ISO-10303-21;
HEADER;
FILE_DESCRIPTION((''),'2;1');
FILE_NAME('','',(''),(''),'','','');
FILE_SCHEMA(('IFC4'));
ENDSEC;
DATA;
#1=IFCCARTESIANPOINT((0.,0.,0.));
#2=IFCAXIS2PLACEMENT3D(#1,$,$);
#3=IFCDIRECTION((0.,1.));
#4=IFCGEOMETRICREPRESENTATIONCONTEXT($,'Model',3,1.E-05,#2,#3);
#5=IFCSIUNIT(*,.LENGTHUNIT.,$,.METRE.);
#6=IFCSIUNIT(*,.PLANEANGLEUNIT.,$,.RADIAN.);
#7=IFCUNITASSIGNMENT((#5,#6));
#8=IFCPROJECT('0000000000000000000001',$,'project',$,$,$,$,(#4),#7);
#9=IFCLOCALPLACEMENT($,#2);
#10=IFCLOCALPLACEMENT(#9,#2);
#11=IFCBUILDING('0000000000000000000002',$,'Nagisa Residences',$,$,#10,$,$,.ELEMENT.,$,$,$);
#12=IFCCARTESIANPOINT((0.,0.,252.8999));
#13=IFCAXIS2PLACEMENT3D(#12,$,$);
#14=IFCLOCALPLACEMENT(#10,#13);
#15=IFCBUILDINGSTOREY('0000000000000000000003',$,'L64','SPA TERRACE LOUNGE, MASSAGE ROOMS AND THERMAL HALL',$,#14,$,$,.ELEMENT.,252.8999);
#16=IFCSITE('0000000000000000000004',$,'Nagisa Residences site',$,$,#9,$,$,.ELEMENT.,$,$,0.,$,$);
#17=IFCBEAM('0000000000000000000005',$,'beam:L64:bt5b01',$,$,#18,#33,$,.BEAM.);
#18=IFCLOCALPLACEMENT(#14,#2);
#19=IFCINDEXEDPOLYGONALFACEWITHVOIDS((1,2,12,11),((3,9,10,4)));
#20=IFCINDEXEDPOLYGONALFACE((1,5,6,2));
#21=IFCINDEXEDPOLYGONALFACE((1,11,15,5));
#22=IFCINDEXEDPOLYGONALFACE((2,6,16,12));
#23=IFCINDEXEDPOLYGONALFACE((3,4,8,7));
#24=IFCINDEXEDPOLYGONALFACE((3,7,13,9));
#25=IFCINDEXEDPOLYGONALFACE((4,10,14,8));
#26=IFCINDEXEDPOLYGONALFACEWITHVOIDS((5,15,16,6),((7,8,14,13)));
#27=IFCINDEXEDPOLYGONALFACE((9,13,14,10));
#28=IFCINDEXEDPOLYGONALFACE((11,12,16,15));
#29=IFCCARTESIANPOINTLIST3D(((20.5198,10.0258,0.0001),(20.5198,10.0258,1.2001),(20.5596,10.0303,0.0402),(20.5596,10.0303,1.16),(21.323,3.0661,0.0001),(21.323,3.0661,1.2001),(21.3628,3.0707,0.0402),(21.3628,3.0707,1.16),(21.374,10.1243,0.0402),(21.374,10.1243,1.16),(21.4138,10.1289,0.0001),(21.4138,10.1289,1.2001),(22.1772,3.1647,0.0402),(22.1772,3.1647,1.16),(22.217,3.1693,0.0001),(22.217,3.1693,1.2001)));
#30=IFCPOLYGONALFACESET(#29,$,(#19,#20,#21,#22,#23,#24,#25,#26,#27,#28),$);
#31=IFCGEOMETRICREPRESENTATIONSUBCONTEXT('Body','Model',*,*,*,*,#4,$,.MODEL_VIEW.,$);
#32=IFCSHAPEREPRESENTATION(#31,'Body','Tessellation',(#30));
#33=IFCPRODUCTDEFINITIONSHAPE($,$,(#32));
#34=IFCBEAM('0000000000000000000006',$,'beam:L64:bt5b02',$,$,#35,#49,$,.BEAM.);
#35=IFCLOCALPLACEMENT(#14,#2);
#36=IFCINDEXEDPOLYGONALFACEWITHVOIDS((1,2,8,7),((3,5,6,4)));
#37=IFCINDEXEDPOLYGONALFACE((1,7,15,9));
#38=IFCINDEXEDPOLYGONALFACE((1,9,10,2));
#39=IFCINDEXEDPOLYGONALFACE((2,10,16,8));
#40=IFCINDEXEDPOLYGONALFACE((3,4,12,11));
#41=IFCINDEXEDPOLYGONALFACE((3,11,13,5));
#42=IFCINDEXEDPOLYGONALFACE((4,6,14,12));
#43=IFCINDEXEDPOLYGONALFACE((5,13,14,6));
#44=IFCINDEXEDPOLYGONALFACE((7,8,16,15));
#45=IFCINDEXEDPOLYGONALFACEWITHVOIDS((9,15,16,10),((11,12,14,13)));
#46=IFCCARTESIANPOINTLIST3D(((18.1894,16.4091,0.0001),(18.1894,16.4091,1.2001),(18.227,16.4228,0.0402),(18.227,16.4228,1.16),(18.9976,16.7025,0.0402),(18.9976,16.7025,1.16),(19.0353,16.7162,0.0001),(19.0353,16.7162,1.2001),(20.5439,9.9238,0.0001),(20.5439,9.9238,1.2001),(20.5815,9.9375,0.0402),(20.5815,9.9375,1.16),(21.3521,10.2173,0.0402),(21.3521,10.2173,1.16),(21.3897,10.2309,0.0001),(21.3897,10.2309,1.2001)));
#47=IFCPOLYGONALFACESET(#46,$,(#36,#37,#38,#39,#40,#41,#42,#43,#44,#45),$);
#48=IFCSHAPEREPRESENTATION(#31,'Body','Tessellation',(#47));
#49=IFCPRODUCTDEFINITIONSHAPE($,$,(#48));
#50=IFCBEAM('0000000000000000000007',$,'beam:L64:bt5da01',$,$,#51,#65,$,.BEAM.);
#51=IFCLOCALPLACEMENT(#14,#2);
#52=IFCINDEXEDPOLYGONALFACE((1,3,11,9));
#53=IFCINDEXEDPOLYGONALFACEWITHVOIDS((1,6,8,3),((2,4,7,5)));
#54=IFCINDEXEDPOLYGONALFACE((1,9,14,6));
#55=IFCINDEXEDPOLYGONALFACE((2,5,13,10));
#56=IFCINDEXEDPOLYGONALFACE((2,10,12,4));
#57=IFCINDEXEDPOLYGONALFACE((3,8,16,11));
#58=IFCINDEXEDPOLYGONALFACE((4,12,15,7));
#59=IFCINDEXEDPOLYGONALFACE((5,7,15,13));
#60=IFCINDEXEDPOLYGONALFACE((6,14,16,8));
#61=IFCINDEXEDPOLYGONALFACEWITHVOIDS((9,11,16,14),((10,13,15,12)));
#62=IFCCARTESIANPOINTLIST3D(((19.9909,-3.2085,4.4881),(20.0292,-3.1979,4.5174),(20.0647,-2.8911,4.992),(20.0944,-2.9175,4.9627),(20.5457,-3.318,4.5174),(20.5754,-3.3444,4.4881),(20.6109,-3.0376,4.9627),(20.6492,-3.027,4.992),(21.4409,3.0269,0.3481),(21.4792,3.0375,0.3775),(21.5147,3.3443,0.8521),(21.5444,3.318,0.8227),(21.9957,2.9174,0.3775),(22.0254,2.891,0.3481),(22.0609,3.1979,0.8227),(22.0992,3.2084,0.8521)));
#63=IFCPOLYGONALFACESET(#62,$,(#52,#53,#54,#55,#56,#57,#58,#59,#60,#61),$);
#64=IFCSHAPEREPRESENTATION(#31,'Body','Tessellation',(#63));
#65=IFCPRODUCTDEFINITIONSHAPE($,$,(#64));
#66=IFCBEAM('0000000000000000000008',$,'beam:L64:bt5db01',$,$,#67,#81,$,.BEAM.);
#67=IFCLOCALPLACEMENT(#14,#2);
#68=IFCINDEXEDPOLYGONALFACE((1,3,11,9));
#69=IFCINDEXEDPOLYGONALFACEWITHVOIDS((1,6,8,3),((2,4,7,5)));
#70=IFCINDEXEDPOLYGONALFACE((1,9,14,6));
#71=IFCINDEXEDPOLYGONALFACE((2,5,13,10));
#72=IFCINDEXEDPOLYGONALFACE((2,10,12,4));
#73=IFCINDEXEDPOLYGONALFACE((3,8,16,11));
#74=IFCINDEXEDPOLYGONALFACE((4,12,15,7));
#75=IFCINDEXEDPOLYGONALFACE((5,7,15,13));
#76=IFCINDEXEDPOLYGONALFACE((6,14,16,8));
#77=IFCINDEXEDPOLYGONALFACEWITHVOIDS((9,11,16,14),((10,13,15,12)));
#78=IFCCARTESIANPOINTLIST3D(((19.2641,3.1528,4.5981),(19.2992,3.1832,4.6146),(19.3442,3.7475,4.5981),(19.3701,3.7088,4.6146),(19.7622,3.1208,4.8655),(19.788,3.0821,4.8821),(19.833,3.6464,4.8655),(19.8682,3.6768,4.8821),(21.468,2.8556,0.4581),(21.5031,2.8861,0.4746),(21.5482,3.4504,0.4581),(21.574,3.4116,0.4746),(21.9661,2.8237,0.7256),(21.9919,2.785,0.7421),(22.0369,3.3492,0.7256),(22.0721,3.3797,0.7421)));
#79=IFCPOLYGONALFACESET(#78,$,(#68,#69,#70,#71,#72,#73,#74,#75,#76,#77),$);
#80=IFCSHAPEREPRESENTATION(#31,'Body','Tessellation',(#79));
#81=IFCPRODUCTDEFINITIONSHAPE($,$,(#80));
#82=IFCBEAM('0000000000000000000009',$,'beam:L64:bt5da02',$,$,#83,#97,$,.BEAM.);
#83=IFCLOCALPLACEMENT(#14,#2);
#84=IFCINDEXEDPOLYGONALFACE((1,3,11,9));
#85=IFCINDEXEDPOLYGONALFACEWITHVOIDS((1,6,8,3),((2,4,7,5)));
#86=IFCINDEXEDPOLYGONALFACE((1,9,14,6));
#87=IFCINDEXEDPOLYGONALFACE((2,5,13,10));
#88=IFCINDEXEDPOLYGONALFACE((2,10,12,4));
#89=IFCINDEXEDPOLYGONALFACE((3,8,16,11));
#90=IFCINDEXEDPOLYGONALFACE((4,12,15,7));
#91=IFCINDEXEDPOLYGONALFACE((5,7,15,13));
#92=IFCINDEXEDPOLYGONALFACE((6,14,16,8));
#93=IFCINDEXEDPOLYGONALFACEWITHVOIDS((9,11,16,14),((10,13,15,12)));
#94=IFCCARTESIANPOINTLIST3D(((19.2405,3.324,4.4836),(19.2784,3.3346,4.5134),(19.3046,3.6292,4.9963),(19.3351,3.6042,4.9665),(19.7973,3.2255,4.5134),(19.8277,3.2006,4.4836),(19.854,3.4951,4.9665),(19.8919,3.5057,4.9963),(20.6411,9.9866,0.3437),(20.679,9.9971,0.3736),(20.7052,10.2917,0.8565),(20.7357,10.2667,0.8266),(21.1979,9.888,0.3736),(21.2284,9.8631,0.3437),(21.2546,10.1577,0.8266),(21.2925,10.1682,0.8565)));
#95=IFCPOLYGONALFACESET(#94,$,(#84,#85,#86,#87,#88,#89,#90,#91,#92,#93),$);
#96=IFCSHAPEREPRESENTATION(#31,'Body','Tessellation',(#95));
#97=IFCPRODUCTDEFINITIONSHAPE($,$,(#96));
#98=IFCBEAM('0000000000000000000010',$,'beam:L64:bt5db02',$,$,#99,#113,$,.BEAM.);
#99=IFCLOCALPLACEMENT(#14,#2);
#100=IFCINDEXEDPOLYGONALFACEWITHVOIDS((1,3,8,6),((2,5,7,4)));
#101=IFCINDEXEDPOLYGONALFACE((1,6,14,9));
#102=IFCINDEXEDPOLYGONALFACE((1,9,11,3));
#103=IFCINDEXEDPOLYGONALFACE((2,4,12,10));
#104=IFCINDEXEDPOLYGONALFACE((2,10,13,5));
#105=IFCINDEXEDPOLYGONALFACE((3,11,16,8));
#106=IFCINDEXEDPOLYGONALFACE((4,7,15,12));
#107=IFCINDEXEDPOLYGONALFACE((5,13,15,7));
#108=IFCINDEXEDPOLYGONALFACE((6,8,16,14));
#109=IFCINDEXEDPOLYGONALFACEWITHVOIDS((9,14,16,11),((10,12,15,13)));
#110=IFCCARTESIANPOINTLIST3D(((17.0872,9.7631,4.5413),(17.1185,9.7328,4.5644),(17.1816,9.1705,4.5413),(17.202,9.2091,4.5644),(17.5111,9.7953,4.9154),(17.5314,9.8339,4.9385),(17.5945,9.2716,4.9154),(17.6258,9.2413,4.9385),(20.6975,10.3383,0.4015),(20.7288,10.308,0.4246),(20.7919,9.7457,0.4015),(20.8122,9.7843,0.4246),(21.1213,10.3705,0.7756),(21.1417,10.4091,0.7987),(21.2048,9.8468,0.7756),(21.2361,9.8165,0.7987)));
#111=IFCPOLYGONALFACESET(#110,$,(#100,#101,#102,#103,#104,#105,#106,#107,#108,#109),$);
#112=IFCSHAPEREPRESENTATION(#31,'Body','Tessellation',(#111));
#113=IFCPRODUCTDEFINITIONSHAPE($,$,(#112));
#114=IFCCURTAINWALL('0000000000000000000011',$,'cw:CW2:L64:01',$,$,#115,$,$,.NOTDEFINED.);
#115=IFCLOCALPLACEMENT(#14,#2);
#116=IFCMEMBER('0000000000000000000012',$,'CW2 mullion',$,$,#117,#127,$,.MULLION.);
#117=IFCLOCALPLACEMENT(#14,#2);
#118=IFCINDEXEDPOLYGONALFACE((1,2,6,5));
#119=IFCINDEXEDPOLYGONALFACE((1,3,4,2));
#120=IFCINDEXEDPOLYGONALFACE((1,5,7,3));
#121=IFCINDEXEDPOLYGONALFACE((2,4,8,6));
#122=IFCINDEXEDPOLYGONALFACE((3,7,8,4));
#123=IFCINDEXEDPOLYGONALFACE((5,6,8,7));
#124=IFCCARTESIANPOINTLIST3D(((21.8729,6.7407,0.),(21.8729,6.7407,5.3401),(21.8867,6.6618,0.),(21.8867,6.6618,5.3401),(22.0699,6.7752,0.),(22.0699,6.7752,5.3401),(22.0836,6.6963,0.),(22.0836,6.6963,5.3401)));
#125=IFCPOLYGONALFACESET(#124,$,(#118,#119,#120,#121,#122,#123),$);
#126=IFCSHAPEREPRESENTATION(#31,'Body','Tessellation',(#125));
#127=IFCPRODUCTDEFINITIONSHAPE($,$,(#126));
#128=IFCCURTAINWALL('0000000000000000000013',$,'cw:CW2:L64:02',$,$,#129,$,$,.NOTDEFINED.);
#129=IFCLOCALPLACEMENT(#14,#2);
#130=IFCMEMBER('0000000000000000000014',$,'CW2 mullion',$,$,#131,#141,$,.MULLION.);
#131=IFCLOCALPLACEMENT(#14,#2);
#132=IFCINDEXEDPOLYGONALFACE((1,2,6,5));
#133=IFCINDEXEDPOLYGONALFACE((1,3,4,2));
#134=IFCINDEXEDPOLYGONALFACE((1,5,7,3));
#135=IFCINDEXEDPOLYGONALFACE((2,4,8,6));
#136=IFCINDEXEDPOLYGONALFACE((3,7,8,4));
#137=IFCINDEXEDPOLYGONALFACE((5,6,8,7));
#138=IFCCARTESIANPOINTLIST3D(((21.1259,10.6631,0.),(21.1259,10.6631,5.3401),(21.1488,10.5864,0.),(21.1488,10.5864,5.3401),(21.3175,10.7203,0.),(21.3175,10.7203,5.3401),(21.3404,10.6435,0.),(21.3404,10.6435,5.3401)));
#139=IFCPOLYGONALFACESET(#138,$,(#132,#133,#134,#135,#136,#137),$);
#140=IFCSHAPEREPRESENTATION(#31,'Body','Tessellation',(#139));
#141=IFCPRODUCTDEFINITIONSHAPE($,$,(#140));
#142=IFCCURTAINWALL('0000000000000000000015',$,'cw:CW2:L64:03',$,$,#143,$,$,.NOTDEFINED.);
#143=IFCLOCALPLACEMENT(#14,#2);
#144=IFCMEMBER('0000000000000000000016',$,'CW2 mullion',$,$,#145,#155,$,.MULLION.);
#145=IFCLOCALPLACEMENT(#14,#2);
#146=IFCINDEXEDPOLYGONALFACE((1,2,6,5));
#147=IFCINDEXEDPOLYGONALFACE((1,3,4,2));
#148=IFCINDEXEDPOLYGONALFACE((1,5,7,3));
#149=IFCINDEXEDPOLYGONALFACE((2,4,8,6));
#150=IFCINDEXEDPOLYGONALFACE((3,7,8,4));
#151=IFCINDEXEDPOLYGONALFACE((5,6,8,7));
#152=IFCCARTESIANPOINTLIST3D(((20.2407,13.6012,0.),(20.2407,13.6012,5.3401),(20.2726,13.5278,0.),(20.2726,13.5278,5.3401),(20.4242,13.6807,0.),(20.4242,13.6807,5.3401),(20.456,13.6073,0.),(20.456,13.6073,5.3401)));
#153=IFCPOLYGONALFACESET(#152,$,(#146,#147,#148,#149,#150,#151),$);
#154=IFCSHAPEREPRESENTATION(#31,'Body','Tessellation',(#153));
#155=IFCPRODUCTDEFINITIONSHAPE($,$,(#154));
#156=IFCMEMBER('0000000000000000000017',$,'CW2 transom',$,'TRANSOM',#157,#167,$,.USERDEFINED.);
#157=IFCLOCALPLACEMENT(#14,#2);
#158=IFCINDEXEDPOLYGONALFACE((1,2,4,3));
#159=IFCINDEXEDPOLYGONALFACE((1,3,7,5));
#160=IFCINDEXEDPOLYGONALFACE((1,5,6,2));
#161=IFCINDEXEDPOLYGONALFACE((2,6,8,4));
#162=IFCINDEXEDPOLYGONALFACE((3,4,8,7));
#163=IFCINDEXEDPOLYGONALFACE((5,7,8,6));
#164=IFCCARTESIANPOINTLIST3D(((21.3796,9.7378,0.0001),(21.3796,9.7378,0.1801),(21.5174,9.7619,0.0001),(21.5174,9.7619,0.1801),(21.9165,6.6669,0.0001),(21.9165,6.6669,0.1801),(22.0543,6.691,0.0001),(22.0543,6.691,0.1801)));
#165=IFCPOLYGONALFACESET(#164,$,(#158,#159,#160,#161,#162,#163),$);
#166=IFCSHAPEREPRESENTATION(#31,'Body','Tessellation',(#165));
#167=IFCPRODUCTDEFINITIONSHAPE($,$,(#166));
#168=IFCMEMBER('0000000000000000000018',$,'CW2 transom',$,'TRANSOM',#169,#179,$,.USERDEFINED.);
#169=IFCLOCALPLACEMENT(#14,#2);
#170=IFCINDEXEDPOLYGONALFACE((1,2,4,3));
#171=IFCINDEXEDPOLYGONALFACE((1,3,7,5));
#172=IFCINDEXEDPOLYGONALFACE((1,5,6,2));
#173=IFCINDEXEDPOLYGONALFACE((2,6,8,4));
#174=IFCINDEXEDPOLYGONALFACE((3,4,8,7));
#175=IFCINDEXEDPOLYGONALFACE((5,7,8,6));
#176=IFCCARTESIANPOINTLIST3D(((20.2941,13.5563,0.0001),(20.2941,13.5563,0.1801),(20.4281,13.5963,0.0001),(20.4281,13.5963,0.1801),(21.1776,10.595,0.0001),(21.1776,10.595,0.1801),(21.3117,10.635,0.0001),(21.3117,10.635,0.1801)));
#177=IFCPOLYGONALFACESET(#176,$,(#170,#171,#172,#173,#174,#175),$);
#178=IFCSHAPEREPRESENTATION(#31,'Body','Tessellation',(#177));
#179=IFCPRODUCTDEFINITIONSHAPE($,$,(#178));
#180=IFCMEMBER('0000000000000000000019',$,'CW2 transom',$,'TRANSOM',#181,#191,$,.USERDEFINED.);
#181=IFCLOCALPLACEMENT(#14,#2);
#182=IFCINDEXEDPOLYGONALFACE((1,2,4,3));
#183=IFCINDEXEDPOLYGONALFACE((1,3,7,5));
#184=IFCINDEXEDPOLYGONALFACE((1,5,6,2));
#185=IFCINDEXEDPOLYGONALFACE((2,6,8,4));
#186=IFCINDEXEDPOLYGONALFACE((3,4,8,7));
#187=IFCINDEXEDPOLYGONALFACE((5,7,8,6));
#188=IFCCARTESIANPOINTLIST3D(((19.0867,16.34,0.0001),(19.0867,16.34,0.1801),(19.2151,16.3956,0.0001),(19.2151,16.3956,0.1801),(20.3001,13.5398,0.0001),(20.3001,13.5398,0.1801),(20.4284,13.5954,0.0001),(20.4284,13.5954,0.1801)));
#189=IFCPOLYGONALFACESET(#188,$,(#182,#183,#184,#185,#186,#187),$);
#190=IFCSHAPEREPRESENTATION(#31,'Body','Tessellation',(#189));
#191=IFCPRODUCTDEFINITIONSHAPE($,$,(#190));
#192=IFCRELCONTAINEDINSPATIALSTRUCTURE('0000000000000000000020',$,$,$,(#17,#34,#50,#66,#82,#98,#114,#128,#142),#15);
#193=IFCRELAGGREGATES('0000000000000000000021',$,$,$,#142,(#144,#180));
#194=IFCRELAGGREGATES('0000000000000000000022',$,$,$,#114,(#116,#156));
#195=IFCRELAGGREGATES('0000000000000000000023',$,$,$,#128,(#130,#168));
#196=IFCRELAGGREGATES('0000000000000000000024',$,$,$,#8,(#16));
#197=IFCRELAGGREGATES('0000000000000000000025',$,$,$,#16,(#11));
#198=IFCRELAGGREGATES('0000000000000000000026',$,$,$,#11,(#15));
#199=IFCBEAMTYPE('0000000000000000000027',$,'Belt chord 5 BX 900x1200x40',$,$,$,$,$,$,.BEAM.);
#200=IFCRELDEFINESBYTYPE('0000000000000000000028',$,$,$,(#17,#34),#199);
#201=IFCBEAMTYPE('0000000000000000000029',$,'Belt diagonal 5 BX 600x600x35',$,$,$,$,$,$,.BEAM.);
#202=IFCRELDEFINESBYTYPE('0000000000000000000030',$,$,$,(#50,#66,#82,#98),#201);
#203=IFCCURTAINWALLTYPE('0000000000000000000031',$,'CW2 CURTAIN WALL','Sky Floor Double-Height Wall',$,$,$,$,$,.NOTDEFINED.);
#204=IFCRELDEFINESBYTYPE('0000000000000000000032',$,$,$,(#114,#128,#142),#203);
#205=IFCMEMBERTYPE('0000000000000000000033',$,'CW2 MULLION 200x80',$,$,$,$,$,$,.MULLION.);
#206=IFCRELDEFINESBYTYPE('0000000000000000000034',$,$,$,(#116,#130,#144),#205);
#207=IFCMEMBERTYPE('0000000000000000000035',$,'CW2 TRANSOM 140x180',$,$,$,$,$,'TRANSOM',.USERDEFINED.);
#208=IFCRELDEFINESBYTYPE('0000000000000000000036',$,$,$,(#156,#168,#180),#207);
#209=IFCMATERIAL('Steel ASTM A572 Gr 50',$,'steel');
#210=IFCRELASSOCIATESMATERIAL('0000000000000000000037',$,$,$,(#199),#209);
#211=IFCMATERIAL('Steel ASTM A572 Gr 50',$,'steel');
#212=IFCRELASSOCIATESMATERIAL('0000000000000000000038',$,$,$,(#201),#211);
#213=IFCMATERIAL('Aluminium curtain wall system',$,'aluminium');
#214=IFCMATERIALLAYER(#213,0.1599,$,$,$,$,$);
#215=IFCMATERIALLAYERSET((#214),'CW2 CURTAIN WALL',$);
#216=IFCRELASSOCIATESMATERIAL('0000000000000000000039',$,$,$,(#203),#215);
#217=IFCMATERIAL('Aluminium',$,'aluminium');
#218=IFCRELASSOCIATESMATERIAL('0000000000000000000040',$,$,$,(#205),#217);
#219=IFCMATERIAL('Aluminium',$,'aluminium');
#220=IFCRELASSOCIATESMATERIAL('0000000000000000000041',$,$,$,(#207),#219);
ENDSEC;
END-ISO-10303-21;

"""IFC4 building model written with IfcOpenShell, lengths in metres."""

from ifc_helpers import new_model, si_unit, direction, frame, origin, origin_2d, place, context, subcontext, project, spatial, rectangle, hollow_rectangle, extrude, material, layer, layer_set, material_profile, profile_set, type_object, element, aggregate, save


model = new_model("IFC4")

# Units and contexts
model_context = context("Model", 3, precision=1e-05, world=origin(), true_north=direction((0.0, 1.0)))
body_context = subcontext(model_context, "Body", "Model", "MODEL_VIEW")
ifc_project = project(units=[si_unit("LENGTHUNIT", "METRE"), si_unit("PLANEANGLEUNIT", "RADIAN")], contexts=[model_context])

# Site, building, storey
site_placement = place(None, origin())
site = spatial("IfcSite", under=ifc_project, at=site_placement, Name="Nagisa Residences site", CompositionType="ELEMENT", RefElevation=0.0)
building_placement = place(site_placement, origin())
building = spatial("IfcBuilding", under=site, at=building_placement, Name="Nagisa Residences", CompositionType="ELEMENT")
storey_placement = place(building_placement, frame((0.0, 0.0, 252.8999)))
storey = spatial("IfcBuildingStorey", under=building, at=storey_placement, Name="L64", Description="SPA TERRACE LOUNGE, MASSAGE ROOMS AND THERMAL HALL", CompositionType="ELEMENT", Elevation=252.8999)

# Beams
ifc_material_1 = material(Name="Steel ASTM A572 Gr 50", Category="steel")
ifc_material_profile_1 = material_profile(ifc_material_1, hollow_rectangle(XDim=0.8999, YDim=1.2, WallThickness=0.04, at=origin_2d()), Name="BX 900x1200x40")
ifc_profile_set_1 = profile_set([ifc_material_profile_1], Name="Steel ASTM A572 Gr 50")
beam_type_1 = type_object("IfcBeamType", Name="Belt chord 5 BX 900x1200x40", PredefinedType="BEAM", material=ifc_profile_set_1)
beam_1_placement = place(storey_placement, frame((21.77, 3.1177, 0.6001), z_axis=(-0.114649, 0.993406, 0.0), x_axis=(-0.993406, -0.114649, 0.0)))
element("IfcBeam", 1, at=beam_1_placement, inside=storey, type_object=beam_type_1, Name="beam:L64:bt5b01", PredefinedType="BEAM", context=body_context, shape_type="SweptSolid", body=[
    extrude(hollow_rectangle(XDim=0.8999, YDim=1.2, WallThickness=0.04, at=origin_2d()), origin(), (0.0, 0.0, 1.0), 7.0059),
])
beam_2_placement = place(storey_placement, frame((20.9668, 10.0774, 0.6001), z_axis=(-0.341254, 0.939971, 0.0), x_axis=(-0.939971, -0.341254, 0.0)))
element("IfcBeam", 2, at=beam_2_placement, inside=storey, type_object=beam_type_1, Name="beam:L64:bt5b02", PredefinedType="BEAM", context=body_context, shape_type="SweptSolid", body=[
    extrude(hollow_rectangle(XDim=0.8999, YDim=1.2, WallThickness=0.04, at=origin_2d()), origin(), (0.0, 0.0, 1.0), 6.8994),
])
ifc_material_2 = material(Name="Steel ASTM A572 Gr 50", Category="steel")
ifc_material_profile_2 = material_profile(ifc_material_2, hollow_rectangle(XDim=0.6001, YDim=0.6001, WallThickness=0.0349, at=origin_2d()), Name="BX 600x600x35")
ifc_profile_set_2 = profile_set([ifc_material_profile_2], Name="Steel ASTM A572 Gr 50")
beam_type_2 = type_object("IfcBeamType", Name="Belt diagonal 5 BX 600x600x35", PredefinedType="BEAM", material=ifc_profile_set_2)
beam_3_placement = place(storey_placement, frame((21.77, 3.1177, 0.6001), z_axis=(-0.19019, -0.817891, 0.54303), x_axis=(0.974013, -0.226494, 0.0)))
element("IfcBeam", 3, at=beam_3_placement, inside=storey, type_object=beam_type_2, Name="beam:L64:bt5da01", PredefinedType="BEAM", context=body_context, shape_type="SweptSolid", body=[
    extrude(hollow_rectangle(XDim=0.6001, YDim=0.6001, WallThickness=0.0349, at=origin_2d()), origin(), (0.0, 0.0, 1.0), 7.6238),
])
beam_4_placement = place(storey_placement, frame((21.77, 3.1177, 0.6001), z_axis=(-0.46897, 0.063225, 0.880948), x_axis=(-0.133609, -0.991034, 0.0)))
element("IfcBeam", 4, at=beam_4_placement, inside=storey, type_object=beam_type_2, Name="beam:L64:bt5db01", PredefinedType="BEAM", context=body_context, shape_type="SweptSolid", body=[
    extrude(hollow_rectangle(XDim=0.6001, YDim=0.6001, WallThickness=0.0349, at=origin_2d()), origin(), (0.0, 0.0, 1.0), 4.6995),
])
beam_5_placement = place(storey_placement, frame((20.9668, 10.0774, 0.6001), z_axis=(-0.17578, -0.836158, 0.519558), x_axis=(0.978609, -0.205727, 0.0)))
element("IfcBeam", 5, at=beam_5_placement, inside=storey, type_object=beam_type_2, Name="beam:L64:bt5da02", PredefinedType="BEAM", context=body_context, shape_type="SweptSolid", body=[
    extrude(hollow_rectangle(XDim=0.6001, YDim=0.6001, WallThickness=0.0349, at=origin_2d()), origin(), (0.0, 0.0, 1.0), 7.968),
])
beam_6_placement = place(storey_placement, frame((20.9668, 10.0774, 0.6001), z_axis=(-0.653687, -0.104144, 0.749565), x_axis=(0.157334, -0.987545, 0.0)))
element("IfcBeam", 6, at=beam_6_placement, inside=storey, type_object=beam_type_2, Name="beam:L64:bt5db02", PredefinedType="BEAM", context=body_context, shape_type="SweptSolid", body=[
    extrude(hollow_rectangle(XDim=0.6001, YDim=0.6001, WallThickness=0.0349, at=origin_2d()), origin(), (0.0, 0.0, 1.0), 5.5229),
])

# Curtain walls, members
ifc_material_3 = material(Name="Aluminium curtain wall system", Category="aluminium")
ifc_layer_1 = layer(ifc_material_3, 0.1599)
ifc_layer_set_1 = layer_set([ifc_layer_1], Name="CW2 CURTAIN WALL")
curtain_wall_type = type_object("IfcCurtainWallType", Name="CW2 CURTAIN WALL", Description="Sky Floor Double-Height Wall", PredefinedType="NOTDEFINED", material=ifc_layer_set_1)
curtain_wall_1_placement = place(storey_placement, origin())
curtain_wall_1 = element("IfcCurtainWall", 7, at=curtain_wall_1_placement, inside=storey, type_object=curtain_wall_type, Name="cw:CW2:L64:01", PredefinedType="NOTDEFINED")
ifc_material_4 = material(Name="Aluminium", Category="aluminium")
ifc_material_profile_3 = material_profile(ifc_material_4, rectangle(XDim=0.2, YDim=0.0801, at=origin_2d()), Name="CW2 MULLION 200x80")
ifc_profile_set_3 = profile_set([ifc_material_profile_3], Name="Aluminium")
member_type_1 = type_object("IfcMemberType", Name="CW2 MULLION 200x80", PredefinedType="MULLION", material=ifc_profile_set_3)
member_1_placement = place(storey_placement, frame((21.9783, 6.7185, 0.0), z_axis=(0.0, 0.0, 1.0), x_axis=(-0.985064, -0.172191, 0.0)))
member_1 = element("IfcMember", 8, at=member_1_placement, type_object=member_type_1, Name="CW2 mullion", PredefinedType="MULLION", context=body_context, shape_type="SweptSolid", body=[
    extrude(rectangle(XDim=0.2, YDim=0.0801, at=origin_2d()), origin(), (0.0, 0.0, 1.0), 5.3401),
])
curtain_wall_2_placement = place(storey_placement, origin())
curtain_wall_2 = element("IfcCurtainWall", 9, at=curtain_wall_2_placement, inside=storey, type_object=curtain_wall_type, Name="cw:CW2:L64:02", PredefinedType="NOTDEFINED")
member_2_placement = place(storey_placement, frame((21.2332, 10.6533, 0.0), z_axis=(0.0, 0.0, 1.0), x_axis=(-0.958271, -0.28586, 0.0)))
member_2 = element("IfcMember", 10, at=member_2_placement, type_object=member_type_1, Name="CW2 mullion", PredefinedType="MULLION", context=body_context, shape_type="SweptSolid", body=[
    extrude(rectangle(XDim=0.2, YDim=0.0801, at=origin_2d()), origin(), (0.0, 0.0, 1.0), 5.3401),
])
curtain_wall_3_placement = place(storey_placement, origin())
curtain_wall_3 = element("IfcCurtainWall", 11, at=curtain_wall_3_placement, inside=storey, type_object=curtain_wall_type, Name="cw:CW2:L64:03", PredefinedType="NOTDEFINED")
member_3_placement = place(storey_placement, frame((20.3484, 13.6042, 0.0), z_axis=(0.0, 0.0, 1.0), x_axis=(-0.917543, -0.397636, 0.0)))
member_3 = element("IfcMember", 12, at=member_3_placement, type_object=member_type_1, Name="CW2 mullion", PredefinedType="MULLION", context=body_context, shape_type="SweptSolid", body=[
    extrude(rectangle(XDim=0.2, YDim=0.0801, at=origin_2d()), origin(), (0.0, 0.0, 1.0), 5.3401),
])

# Members
ifc_material_5 = material(Name="Aluminium", Category="aluminium")
ifc_material_profile_4 = material_profile(ifc_material_5, rectangle(XDim=0.1399, YDim=0.1799, at=origin_2d()), Name="CW2 TRANSOM 140x180")
ifc_profile_set_4 = profile_set([ifc_material_profile_4], Name="Aluminium")
member_type_2 = type_object("IfcMemberType", Name="CW2 TRANSOM 140x180", ElementType="TRANSOM", PredefinedType="USERDEFINED", material=ifc_profile_set_4)
member_4_placement = place(storey_placement, frame((21.9854, 6.679, 0.0901), z_axis=(-0.172217, 0.985059, 0.0), x_axis=(-0.985059, -0.172217, 0.0)))
member_4 = element("IfcMember", 13, at=member_4_placement, type_object=member_type_2, Name="CW2 transom", ObjectType="TRANSOM", PredefinedType="USERDEFINED", context=body_context, shape_type="SweptSolid", body=[
    extrude(rectangle(XDim=0.1399, YDim=0.1799, at=origin_2d()), origin(), (0.0, 0.0, 1.0), 3.1174),
])
member_5_placement = place(storey_placement, frame((21.2446, 10.615, 0.0901), z_axis=(-0.285898, 0.95826, 0.0), x_axis=(-0.95826, -0.285898, 0.0)))
member_5 = element("IfcMember", 14, at=member_5_placement, type_object=member_type_2, Name="CW2 transom", ObjectType="TRANSOM", PredefinedType="USERDEFINED", context=body_context, shape_type="SweptSolid", body=[
    extrude(rectangle(XDim=0.1399, YDim=0.1799, at=origin_2d()), origin(), (0.0, 0.0, 1.0), 3.0903),
])
member_6_placement = place(storey_placement, frame((20.3643, 13.5676, 0.0901), z_axis=(-0.397585, 0.917565, 0.0), x_axis=(-0.917565, -0.397585, 0.0)))
member_6 = element("IfcMember", 15, at=member_6_placement, type_object=member_type_2, Name="CW2 transom", ObjectType="TRANSOM", PredefinedType="USERDEFINED", context=body_context, shape_type="SweptSolid", body=[
    extrude(rectangle(XDim=0.1399, YDim=0.1799, at=origin_2d()), origin(), (0.0, 0.0, 1.0), 3.0518),
])
aggregate(curtain_wall_3, [member_3, member_6])

aggregate(curtain_wall_1, [member_1, member_4])
aggregate(curtain_wall_2, [member_2, member_5])

save(model, "model.ifc")
